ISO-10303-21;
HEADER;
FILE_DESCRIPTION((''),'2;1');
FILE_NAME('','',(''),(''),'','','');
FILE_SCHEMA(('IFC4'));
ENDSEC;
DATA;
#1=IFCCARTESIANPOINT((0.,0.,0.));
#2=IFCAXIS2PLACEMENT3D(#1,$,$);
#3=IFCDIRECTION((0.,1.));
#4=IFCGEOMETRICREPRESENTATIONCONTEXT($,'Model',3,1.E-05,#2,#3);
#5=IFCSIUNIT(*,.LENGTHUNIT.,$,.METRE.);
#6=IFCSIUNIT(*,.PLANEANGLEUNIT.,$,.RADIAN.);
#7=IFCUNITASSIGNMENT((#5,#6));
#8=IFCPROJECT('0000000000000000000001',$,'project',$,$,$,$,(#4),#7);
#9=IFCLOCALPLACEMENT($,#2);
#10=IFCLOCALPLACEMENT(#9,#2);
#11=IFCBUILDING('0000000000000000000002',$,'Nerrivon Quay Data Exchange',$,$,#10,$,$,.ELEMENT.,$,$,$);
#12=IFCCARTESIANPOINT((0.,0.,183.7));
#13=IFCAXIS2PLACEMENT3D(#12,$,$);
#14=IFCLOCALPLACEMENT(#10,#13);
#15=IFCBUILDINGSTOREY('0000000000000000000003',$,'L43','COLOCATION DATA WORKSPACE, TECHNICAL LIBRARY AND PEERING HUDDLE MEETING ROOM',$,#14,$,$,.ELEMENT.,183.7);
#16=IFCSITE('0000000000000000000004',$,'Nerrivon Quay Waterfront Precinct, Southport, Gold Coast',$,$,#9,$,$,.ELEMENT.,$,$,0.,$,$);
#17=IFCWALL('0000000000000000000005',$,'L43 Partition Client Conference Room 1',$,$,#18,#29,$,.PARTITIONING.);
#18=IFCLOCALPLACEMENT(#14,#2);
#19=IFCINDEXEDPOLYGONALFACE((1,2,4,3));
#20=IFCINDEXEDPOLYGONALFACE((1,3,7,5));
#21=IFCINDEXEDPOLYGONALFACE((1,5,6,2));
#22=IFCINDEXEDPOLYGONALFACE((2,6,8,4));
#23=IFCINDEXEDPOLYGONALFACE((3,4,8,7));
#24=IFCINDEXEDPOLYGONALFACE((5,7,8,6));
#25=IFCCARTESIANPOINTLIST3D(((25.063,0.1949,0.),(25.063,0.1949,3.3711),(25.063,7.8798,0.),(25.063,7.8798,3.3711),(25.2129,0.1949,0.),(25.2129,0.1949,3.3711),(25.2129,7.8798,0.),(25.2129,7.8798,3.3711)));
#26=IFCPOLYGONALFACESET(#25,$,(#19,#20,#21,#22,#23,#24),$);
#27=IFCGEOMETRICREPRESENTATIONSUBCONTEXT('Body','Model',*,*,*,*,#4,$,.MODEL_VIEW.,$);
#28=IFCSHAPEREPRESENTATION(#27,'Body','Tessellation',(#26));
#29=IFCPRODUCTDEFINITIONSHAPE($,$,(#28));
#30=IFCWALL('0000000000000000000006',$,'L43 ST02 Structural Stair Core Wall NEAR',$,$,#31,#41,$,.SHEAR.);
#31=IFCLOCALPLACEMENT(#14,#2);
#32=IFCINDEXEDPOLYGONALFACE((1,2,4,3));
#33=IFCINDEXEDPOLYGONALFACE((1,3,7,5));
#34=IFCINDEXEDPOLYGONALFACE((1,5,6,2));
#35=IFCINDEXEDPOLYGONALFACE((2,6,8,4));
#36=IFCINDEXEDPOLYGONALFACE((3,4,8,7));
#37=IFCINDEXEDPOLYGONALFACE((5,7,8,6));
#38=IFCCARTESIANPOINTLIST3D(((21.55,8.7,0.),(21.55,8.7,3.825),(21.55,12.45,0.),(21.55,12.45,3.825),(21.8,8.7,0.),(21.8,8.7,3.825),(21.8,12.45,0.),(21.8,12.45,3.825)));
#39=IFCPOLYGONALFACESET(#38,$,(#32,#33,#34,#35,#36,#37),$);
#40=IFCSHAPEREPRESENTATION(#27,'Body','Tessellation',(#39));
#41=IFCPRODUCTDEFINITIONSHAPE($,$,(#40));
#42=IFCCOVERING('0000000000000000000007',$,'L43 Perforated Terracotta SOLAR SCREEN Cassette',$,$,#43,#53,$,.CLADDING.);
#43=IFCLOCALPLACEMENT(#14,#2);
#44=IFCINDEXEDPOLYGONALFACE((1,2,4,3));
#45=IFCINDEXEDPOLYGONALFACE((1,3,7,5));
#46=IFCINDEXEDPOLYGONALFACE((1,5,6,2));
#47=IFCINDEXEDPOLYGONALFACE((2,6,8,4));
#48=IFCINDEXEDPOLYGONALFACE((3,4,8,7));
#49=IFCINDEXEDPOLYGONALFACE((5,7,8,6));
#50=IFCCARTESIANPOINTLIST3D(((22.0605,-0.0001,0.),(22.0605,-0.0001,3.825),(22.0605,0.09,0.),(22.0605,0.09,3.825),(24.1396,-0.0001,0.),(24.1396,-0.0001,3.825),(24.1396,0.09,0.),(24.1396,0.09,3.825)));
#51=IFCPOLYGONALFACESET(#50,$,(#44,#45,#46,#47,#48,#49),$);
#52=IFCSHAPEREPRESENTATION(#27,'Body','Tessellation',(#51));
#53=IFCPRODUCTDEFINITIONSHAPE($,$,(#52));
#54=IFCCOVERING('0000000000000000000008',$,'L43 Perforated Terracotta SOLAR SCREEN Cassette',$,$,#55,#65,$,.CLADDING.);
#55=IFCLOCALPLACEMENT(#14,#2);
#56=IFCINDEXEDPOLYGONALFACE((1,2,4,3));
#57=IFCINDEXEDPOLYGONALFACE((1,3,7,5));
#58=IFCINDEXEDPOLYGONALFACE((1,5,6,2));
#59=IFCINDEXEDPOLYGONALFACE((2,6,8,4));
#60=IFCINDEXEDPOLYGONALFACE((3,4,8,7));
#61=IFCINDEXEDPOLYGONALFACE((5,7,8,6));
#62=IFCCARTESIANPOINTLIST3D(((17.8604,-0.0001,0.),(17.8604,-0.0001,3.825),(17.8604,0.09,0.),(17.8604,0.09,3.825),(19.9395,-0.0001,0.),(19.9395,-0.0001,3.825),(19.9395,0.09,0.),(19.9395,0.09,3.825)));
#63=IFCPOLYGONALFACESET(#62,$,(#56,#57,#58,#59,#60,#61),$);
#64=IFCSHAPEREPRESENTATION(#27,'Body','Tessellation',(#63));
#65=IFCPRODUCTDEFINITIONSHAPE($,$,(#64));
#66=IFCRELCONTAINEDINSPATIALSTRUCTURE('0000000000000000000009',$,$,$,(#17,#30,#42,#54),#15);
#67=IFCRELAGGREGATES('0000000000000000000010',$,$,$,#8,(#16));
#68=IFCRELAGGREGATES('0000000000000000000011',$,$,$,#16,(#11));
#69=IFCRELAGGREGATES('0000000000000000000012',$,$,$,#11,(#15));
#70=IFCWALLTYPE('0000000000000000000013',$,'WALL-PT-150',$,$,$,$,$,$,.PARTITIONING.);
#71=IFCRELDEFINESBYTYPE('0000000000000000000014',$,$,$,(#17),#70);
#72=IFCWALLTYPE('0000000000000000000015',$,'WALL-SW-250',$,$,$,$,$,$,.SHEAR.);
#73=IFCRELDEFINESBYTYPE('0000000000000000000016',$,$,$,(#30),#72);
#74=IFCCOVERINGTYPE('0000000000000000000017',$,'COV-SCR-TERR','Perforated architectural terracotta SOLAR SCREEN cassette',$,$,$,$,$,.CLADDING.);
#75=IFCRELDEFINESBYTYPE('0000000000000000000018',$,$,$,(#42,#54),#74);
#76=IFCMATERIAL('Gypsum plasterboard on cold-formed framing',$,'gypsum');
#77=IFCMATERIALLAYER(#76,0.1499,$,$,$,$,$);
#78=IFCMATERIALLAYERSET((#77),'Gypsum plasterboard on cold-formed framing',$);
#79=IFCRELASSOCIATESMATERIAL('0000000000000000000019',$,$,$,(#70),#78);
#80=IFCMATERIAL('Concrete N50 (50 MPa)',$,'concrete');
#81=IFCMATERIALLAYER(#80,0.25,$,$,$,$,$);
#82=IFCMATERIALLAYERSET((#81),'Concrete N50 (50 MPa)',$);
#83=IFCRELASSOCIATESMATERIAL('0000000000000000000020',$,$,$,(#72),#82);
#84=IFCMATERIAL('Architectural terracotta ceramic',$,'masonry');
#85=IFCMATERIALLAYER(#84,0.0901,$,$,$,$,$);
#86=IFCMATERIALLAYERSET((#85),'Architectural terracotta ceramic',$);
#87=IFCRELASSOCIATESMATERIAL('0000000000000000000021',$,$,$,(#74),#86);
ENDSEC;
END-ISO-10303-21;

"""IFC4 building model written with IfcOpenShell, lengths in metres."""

from ifc_helpers import new_model, si_unit, direction, frame, frame_2d, origin, origin_2d, place, context, subcontext, project, spatial, rectangle, extrude, material, layer, layer_set, type_object, element, save


model = new_model("IFC4")

# Units and contexts
model_context = context("Model", 3, precision=1e-05, world=origin(), true_north=direction((0.0, 1.0)))
body_context = subcontext(model_context, "Body", "Model", "MODEL_VIEW")
ifc_project = project(units=[si_unit("LENGTHUNIT", "METRE"), si_unit("PLANEANGLEUNIT", "RADIAN")], contexts=[model_context])

# Site, building, storey
site_placement = place(None, origin())
site = spatial("IfcSite", under=ifc_project, at=site_placement, Name="Nerrivon Quay Waterfront Precinct, Southport, Gold Coast", CompositionType="ELEMENT", RefElevation=0.0)
building_placement = place(site_placement, origin())
building = spatial("IfcBuilding", under=site, at=building_placement, Name="Nerrivon Quay Data Exchange", CompositionType="ELEMENT")
storey_placement = place(building_placement, frame((0.0, 0.0, 183.7)))
storey = spatial("IfcBuildingStorey", under=building, at=storey_placement, Name="L43", Description="COLOCATION DATA WORKSPACE, TECHNICAL LIBRARY AND PEERING HUDDLE MEETING ROOM", CompositionType="ELEMENT", Elevation=183.7)

# Shared definitions
ifc_material_1 = material(Name="Concrete N50 (50 MPa)", Category="concrete")

# Walls
ifc_material_2 = material(Name="Gypsum plasterboard on cold-formed framing", Category="gypsum")
ifc_layer_1 = layer(ifc_material_2, 0.1499)
ifc_layer_set_1 = layer_set([ifc_layer_1], Name="Gypsum plasterboard on cold-formed framing")
wall_type_1 = type_object("IfcWallType", Name="WALL-PT-150", PredefinedType="PARTITIONING", material=ifc_layer_set_1)
wall_1_placement = place(storey_placement, frame((25.1379, 0.1951, 0.0), z_axis=(0.0, 0.0, 1.0), x_axis=(0.0, 1.0, 0.0)))
element("IfcWall", 1, at=wall_1_placement, inside=storey, type_object=wall_type_1, Name="L43 Partition Client Conference Room 1", PredefinedType="PARTITIONING", context=body_context, shape_type="SweptSolid", body=[
    extrude(rectangle(XDim=7.6848, YDim=0.1499, at=frame_2d((3.8423, 0.0))), origin(), (0.0, 0.0, 1.0), 3.3711),
])
ifc_layer_2 = layer(ifc_material_1, 0.25)
ifc_layer_set_2 = layer_set([ifc_layer_2], Name="Concrete N50 (50 MPa)")
wall_type_2 = type_object("IfcWallType", Name="WALL-SW-250", PredefinedType="SHEAR", material=ifc_layer_set_2)
wall_2_placement = place(storey_placement, frame((21.675, 8.7, 0.0), z_axis=(0.0, 0.0, 1.0), x_axis=(0.0, 1.0, 0.0)))
element("IfcWall", 2, at=wall_2_placement, inside=storey, type_object=wall_type_2, Name="L43 ST02 Structural Stair Core Wall NEAR", PredefinedType="SHEAR", context=body_context, shape_type="SweptSolid", body=[
    extrude(rectangle(XDim=3.75, YDim=0.25, at=frame_2d((1.875, 0.0))), origin(), (0.0, 0.0, 1.0), 3.825),
])

# Coverings
ifc_material_3 = material(Name="Architectural terracotta ceramic", Category="masonry")
ifc_layer_3 = layer(ifc_material_3, 0.0901)
ifc_layer_set_3 = layer_set([ifc_layer_3], Name="Architectural terracotta ceramic")
covering_type = type_object("IfcCoveringType", Name="COV-SCR-TERR", Description="Perforated architectural terracotta SOLAR SCREEN cassette", PredefinedType="CLADDING", material=ifc_layer_set_3)
for number, where, z_axis, x_axis, name in (
    (3, (23.1001, 0.0449, 0.0), (0.0, 0.0, 1.0), (-1.0, 0.0, 0.0), "L43 Perforated Terracotta SOLAR SCREEN Cassette"),
    (4, (18.8999, 0.0449, 0.0), (0.0, 0.0, 1.0), (-1.0, 0.0, 0.0), "L43 Perforated Terracotta SOLAR SCREEN Cassette"),
):
    element("IfcCovering", number, at=place(storey_placement, frame(where, z_axis=z_axis, x_axis=x_axis)), inside=storey, type_object=covering_type, Name=name, PredefinedType="CLADDING", context=body_context, shape_type="SweptSolid", body=[
        extrude(rectangle(XDim=2.0791, YDim=0.0901, at=origin_2d()), origin(), (0.0, 0.0, 1.0), 3.825),
    ])

save(model, "model.ifc")
